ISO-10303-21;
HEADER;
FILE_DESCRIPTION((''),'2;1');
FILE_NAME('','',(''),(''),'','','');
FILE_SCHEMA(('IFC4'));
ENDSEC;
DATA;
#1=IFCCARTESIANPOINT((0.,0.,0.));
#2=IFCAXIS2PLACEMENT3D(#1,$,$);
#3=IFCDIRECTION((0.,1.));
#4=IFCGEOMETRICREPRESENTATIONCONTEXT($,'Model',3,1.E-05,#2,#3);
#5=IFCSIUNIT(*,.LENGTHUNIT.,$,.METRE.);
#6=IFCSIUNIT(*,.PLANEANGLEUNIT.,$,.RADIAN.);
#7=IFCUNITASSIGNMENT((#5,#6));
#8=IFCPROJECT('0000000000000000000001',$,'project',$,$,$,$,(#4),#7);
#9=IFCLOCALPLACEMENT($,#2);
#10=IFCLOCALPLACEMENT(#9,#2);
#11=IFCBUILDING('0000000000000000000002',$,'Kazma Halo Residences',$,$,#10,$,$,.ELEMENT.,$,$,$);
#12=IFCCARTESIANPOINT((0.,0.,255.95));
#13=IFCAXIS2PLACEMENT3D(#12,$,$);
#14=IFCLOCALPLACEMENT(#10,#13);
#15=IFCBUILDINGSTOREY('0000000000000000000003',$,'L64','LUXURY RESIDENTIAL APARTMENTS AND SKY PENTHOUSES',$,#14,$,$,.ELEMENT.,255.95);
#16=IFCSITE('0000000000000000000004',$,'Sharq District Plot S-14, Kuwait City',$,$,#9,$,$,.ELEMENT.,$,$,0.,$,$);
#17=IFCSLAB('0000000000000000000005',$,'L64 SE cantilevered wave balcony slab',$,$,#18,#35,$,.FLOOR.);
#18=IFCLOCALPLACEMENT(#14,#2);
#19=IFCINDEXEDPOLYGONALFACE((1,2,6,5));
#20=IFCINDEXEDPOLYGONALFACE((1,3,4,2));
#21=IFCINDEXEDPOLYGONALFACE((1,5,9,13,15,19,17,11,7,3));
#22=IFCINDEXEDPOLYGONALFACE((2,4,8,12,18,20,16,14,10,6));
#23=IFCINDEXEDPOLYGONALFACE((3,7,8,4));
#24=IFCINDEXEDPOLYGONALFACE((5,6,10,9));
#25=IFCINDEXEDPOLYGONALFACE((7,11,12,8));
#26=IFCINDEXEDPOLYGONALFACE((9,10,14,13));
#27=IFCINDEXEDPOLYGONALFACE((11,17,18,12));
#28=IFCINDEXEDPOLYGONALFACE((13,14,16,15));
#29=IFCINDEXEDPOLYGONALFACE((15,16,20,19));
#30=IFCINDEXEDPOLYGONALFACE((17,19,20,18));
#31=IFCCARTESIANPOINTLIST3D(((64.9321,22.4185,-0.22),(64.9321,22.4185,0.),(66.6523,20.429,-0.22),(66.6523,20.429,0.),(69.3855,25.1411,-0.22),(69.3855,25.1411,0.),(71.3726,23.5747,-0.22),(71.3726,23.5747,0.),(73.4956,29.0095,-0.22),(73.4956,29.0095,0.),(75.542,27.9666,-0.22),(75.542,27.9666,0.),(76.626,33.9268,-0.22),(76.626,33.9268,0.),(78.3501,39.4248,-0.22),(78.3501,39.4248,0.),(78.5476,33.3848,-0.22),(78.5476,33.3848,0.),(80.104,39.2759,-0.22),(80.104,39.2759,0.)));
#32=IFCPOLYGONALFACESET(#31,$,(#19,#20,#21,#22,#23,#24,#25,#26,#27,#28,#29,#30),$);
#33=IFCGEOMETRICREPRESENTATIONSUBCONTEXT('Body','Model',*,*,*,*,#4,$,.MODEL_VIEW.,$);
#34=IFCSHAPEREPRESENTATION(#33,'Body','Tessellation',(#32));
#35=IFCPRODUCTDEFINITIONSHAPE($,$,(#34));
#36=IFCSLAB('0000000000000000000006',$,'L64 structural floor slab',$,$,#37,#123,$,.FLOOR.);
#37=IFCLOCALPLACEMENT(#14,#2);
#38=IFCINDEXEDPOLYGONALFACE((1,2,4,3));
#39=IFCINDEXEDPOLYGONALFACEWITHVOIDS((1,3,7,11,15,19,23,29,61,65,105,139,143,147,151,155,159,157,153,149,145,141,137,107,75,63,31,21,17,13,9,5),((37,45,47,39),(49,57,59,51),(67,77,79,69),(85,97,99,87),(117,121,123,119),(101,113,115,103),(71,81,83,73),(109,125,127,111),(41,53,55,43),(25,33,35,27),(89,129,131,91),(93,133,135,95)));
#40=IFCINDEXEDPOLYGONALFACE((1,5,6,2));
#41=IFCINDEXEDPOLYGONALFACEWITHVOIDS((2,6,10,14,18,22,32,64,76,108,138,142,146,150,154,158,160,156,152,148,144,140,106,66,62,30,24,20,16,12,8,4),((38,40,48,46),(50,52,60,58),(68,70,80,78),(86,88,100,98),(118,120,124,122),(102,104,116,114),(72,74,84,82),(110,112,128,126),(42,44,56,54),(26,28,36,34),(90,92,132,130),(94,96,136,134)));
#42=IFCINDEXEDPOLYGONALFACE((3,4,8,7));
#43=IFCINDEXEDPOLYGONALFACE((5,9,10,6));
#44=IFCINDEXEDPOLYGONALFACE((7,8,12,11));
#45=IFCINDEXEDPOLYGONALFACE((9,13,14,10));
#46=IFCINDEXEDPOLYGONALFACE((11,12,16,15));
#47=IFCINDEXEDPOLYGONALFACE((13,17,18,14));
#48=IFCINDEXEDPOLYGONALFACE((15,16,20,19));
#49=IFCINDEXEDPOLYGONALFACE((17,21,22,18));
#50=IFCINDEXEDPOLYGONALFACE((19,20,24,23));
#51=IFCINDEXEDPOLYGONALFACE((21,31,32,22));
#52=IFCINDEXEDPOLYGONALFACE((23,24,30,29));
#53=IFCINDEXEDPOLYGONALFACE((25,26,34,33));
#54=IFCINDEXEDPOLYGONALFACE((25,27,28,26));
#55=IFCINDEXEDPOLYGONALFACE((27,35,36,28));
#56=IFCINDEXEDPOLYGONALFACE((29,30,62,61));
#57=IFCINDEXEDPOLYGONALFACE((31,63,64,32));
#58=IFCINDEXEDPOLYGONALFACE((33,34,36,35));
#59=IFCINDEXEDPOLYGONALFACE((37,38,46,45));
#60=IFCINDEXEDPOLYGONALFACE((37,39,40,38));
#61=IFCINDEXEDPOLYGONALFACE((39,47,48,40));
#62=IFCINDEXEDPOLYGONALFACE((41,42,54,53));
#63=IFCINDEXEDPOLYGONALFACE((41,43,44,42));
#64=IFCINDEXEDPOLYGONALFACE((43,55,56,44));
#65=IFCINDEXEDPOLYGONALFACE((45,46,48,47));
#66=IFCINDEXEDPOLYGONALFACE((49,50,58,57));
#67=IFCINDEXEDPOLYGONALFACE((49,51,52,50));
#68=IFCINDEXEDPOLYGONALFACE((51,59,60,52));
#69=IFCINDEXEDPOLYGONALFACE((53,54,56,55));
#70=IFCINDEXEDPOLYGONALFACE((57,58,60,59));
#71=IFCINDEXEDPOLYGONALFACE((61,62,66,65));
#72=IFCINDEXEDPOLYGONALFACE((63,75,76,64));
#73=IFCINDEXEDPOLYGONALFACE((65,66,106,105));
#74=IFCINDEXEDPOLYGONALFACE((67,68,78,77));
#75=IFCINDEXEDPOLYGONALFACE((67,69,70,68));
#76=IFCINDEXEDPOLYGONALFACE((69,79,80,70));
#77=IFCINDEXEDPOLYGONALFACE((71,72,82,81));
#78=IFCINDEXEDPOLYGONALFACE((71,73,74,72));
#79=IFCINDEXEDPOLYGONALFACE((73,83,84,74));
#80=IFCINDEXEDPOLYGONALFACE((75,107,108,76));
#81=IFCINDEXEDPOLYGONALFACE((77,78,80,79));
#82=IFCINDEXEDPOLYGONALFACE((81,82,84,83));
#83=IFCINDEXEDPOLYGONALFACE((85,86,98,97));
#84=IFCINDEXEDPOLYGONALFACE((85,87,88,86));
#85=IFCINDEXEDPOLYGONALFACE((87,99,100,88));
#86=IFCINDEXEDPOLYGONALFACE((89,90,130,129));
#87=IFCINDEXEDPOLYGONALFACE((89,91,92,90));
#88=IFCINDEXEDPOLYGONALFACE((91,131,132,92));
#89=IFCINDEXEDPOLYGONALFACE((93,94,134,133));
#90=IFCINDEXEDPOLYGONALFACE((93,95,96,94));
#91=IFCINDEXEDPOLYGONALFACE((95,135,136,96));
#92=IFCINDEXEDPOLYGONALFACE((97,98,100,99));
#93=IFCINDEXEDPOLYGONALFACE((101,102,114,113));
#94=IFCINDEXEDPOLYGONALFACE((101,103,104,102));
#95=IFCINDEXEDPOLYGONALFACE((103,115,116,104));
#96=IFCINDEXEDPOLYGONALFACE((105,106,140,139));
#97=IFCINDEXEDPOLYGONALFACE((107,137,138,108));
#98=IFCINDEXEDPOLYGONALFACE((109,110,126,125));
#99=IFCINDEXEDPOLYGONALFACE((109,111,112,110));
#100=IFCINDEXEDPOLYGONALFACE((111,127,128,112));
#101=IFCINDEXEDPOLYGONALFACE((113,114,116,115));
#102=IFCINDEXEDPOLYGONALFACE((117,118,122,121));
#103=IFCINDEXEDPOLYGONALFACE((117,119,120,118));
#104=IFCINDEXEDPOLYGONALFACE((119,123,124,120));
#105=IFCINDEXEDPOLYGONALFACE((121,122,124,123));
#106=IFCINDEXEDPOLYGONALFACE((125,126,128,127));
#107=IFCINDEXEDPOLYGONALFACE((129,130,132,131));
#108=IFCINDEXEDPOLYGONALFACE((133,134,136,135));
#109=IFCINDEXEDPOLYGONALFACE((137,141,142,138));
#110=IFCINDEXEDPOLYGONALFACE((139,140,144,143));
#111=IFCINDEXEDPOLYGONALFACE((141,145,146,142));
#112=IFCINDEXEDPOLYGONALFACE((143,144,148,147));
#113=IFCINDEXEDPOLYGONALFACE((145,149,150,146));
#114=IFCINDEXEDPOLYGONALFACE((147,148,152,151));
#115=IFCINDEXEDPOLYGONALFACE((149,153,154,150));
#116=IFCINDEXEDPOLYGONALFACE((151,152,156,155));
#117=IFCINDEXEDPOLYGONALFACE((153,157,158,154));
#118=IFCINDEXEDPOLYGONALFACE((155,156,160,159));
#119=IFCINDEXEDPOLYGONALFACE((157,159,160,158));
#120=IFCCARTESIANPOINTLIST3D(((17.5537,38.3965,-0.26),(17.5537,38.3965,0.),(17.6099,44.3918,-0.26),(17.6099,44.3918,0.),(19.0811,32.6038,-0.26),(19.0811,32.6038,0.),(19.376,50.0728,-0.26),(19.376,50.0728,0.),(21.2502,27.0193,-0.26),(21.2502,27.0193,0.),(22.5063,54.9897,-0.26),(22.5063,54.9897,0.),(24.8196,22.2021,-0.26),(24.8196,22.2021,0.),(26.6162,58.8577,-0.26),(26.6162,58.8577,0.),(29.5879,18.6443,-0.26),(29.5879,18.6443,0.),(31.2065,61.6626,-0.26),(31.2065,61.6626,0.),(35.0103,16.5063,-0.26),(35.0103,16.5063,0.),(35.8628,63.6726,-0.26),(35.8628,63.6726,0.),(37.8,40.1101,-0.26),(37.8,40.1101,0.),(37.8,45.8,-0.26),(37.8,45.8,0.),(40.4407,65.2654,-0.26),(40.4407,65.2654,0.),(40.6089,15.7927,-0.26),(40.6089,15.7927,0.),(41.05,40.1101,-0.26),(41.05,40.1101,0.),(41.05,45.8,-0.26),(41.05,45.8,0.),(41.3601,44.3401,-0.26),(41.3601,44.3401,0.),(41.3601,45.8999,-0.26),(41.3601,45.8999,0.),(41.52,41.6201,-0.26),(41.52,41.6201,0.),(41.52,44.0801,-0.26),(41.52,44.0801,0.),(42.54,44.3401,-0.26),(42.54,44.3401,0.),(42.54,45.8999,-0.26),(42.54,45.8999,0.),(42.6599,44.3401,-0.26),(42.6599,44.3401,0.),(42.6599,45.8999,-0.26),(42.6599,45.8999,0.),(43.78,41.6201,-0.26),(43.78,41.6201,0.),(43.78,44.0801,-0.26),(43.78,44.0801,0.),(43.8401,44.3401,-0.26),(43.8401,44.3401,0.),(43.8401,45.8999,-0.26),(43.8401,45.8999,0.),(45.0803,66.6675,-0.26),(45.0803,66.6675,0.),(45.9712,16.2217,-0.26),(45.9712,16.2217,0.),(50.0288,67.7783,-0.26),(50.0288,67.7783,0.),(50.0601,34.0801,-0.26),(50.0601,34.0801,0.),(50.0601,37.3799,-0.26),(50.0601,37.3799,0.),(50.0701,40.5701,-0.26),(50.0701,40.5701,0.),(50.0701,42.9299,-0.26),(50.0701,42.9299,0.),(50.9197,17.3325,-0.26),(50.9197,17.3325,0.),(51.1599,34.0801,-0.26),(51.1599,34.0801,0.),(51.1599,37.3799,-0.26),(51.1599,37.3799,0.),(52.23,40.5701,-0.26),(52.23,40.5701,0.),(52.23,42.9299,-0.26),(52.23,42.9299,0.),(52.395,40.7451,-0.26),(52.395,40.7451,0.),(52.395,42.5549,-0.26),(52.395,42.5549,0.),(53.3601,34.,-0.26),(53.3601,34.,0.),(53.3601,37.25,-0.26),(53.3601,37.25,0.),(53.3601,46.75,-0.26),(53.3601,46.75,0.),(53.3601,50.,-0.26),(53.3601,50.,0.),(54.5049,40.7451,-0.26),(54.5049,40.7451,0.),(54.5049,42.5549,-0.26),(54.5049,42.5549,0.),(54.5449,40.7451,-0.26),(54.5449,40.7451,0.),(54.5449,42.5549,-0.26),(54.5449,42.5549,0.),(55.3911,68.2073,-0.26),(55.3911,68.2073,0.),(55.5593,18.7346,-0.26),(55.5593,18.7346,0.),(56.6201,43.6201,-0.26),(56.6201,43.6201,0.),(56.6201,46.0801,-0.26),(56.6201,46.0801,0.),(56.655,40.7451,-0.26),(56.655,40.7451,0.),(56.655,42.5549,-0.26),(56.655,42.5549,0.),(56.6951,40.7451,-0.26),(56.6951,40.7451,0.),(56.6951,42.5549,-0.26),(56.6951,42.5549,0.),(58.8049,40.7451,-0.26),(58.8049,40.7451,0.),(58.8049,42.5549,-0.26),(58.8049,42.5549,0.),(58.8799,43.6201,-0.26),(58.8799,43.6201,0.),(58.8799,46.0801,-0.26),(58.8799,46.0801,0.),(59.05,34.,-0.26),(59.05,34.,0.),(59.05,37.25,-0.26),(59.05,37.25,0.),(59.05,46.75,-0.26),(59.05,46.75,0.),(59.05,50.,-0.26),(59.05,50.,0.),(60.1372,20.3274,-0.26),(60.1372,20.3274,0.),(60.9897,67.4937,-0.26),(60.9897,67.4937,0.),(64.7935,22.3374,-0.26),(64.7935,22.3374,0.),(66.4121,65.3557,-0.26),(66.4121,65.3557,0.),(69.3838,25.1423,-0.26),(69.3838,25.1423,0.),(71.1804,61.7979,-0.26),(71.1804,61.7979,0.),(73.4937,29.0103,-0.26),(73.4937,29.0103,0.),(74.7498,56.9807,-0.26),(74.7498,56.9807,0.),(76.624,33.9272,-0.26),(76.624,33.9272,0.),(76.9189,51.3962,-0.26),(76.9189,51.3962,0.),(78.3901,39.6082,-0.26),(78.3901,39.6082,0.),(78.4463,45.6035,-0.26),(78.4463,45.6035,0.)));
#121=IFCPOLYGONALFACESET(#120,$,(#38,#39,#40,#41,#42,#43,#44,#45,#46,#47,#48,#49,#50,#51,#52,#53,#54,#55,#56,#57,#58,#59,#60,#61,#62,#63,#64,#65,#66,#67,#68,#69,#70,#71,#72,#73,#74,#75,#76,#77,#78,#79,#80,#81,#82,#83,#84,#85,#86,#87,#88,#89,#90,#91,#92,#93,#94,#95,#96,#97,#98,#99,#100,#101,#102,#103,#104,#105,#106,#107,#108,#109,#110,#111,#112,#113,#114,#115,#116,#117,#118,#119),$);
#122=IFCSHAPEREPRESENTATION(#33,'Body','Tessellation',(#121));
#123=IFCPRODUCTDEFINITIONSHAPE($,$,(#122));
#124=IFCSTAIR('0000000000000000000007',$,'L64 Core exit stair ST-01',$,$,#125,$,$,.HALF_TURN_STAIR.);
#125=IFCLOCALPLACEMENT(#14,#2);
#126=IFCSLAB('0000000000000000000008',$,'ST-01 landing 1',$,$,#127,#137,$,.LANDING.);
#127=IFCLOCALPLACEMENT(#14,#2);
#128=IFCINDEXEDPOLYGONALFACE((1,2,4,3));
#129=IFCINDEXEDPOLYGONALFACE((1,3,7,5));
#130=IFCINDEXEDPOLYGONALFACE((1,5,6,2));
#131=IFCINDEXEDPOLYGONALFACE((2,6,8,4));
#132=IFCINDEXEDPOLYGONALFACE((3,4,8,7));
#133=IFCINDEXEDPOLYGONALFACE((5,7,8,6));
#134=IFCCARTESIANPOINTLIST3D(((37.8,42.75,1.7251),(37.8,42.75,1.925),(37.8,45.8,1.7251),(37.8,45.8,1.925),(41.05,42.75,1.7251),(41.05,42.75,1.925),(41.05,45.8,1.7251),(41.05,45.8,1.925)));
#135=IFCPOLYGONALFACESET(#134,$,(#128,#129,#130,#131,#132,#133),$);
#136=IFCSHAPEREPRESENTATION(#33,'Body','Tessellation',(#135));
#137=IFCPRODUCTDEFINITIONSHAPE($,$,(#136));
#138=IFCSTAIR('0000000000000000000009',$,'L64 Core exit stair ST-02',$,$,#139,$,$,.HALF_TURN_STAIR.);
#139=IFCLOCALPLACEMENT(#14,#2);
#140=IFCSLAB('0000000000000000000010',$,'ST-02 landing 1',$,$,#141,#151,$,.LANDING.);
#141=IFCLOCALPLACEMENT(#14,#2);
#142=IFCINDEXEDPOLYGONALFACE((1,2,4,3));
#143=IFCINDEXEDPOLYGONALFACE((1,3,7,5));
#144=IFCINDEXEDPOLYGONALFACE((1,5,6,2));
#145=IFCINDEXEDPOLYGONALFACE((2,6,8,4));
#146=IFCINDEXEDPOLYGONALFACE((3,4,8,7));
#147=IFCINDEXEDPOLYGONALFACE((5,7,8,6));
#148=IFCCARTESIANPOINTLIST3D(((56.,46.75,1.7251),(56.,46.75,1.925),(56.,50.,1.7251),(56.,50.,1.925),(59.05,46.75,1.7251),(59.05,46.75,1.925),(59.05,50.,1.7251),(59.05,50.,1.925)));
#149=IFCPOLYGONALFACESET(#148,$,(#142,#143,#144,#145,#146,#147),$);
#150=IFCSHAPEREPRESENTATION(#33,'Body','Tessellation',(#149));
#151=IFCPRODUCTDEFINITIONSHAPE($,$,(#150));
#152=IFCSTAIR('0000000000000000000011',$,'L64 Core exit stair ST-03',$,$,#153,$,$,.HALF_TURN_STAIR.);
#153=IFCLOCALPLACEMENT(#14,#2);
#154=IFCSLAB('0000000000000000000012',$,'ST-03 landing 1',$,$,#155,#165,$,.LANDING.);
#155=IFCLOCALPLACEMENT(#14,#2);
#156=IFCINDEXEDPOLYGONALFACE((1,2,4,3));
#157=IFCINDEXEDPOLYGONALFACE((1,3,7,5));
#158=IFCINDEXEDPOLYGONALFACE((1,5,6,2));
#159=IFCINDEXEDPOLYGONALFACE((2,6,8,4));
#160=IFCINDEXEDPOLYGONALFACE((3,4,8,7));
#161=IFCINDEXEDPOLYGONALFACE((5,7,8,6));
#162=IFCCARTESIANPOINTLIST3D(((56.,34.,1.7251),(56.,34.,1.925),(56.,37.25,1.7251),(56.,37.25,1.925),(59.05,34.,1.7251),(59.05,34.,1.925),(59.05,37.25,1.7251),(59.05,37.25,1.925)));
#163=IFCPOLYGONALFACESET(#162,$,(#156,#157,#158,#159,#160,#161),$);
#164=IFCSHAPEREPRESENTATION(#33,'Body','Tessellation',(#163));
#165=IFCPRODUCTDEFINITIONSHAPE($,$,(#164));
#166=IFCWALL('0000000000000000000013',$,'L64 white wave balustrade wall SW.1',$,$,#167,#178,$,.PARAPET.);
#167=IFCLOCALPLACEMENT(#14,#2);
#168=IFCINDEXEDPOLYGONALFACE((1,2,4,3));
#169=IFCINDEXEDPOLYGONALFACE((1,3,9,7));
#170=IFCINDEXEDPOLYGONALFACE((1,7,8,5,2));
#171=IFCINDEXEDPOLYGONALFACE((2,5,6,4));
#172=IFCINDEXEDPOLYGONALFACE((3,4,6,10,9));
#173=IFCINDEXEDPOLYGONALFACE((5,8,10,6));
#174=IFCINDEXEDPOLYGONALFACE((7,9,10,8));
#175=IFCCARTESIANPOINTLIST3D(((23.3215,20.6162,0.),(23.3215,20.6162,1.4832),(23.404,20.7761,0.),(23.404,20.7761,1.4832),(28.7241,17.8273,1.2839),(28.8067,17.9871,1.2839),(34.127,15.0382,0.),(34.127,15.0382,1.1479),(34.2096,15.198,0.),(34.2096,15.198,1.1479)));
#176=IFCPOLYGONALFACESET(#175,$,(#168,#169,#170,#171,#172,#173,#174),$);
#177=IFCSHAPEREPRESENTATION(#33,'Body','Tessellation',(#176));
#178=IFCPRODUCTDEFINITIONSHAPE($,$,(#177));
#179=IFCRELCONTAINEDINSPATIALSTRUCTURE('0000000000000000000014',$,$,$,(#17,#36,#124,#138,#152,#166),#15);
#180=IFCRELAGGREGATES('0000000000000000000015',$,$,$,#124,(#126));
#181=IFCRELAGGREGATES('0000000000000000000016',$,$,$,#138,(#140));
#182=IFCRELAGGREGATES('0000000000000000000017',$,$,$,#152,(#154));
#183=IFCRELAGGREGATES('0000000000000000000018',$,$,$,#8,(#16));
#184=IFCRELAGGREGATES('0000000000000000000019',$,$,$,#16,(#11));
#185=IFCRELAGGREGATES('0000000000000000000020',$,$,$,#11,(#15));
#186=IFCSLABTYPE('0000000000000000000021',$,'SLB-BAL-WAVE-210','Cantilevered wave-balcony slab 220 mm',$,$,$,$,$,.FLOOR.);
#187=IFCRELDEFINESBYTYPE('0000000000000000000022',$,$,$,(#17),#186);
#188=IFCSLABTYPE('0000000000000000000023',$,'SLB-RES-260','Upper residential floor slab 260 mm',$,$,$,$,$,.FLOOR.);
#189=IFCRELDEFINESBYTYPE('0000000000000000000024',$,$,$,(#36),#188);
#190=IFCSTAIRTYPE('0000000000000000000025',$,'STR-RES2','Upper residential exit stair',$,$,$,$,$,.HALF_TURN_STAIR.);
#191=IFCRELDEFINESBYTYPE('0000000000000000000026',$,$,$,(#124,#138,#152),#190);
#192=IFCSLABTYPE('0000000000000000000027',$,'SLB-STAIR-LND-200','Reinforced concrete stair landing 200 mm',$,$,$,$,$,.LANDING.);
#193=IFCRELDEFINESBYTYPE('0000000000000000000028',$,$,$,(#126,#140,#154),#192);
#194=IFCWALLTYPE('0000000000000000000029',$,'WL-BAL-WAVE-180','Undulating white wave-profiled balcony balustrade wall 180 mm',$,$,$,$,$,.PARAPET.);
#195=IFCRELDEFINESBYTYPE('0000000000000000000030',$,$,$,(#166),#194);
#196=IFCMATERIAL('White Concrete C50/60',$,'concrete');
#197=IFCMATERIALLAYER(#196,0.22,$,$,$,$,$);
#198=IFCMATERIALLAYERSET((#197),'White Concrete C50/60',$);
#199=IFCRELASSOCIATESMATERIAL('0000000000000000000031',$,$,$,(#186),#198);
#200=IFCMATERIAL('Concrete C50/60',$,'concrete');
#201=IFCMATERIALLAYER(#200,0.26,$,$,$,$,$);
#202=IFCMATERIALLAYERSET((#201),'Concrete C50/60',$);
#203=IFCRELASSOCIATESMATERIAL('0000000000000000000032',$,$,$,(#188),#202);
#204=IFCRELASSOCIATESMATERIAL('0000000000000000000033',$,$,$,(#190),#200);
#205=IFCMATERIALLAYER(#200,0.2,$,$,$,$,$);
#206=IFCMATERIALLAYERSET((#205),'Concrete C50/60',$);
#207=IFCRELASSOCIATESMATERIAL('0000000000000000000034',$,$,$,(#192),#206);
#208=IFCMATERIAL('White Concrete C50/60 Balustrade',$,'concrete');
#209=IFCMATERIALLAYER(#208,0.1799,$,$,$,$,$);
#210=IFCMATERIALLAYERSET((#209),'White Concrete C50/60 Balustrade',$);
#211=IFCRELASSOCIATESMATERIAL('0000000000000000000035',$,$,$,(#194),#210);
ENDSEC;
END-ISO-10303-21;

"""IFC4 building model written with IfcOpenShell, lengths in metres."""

from ifc_helpers import new_model, si_unit, direction, frame, origin, place, context, subcontext, project, spatial, polyline, outline, extrude, material, layer, layer_set, type_object, element, aggregate, save


model = new_model("IFC4")

# Units and contexts
model_context = context("Model", 3, precision=1e-05, world=origin(), true_north=direction((0.0, 1.0)))
body_context = subcontext(model_context, "Body", "Model", "MODEL_VIEW")
ifc_project = project(units=[si_unit("LENGTHUNIT", "METRE"), si_unit("PLANEANGLEUNIT", "RADIAN")], contexts=[model_context])

# Site, building, storey
site_placement = place(None, origin())
site = spatial("IfcSite", under=ifc_project, at=site_placement, Name="Sharq District Plot S-14, Kuwait City", CompositionType="ELEMENT", RefElevation=0.0)
building_placement = place(site_placement, origin())
building = spatial("IfcBuilding", under=site, at=building_placement, Name="Kazma Halo Residences", CompositionType="ELEMENT")
storey_placement = place(building_placement, frame((0.0, 0.0, 255.95)))
storey = spatial("IfcBuildingStorey", under=building, at=storey_placement, Name="L64", Description="LUXURY RESIDENTIAL APARTMENTS AND SKY PENTHOUSES", CompositionType="ELEMENT", Elevation=255.95)

# Slabs
ifc_material_1 = material(Name="White Concrete C50/60", Category="concrete")
ifc_layer_1 = layer(ifc_material_1, 0.22)
ifc_layer_set_1 = layer_set([ifc_layer_1], Name="White Concrete C50/60")
slab_type_1 = type_object("IfcSlabType", Name="SLB-BAL-WAVE-210", Description="Cantilevered wave-balcony slab 220 mm", PredefinedType="FLOOR", material=ifc_layer_set_1)
slab_1_placement = place(storey_placement, frame((0.0, 0.0, -0.22)))
element("IfcSlab", 1, at=slab_1_placement, inside=storey, type_object=slab_type_1, Name="L64 SE cantilevered wave balcony slab", PredefinedType="FLOOR", context=body_context, shape_type="SweptSolid", body=[
    extrude(outline(polyline([(64.9321, 22.4185), (69.3855, 25.1411), (73.4956, 29.0095), (76.626, 33.9268), (78.3501, 39.4248), (80.104, 39.2759), (78.5476, 33.3848), (75.542, 27.9666), (71.3726, 23.5747), (66.6523, 20.429), (64.9321, 22.4185)])), origin(), (0.0, 0.0, 1.0), 0.22),
])
ifc_material_2 = material(Name="Concrete C50/60", Category="concrete")
ifc_layer_2 = layer(ifc_material_2, 0.26)
ifc_layer_set_2 = layer_set([ifc_layer_2], Name="Concrete C50/60")
slab_type_2 = type_object("IfcSlabType", Name="SLB-RES-260", Description="Upper residential floor slab 260 mm", PredefinedType="FLOOR", material=ifc_layer_set_2)
slab_2_placement = place(storey_placement, frame((0.0, 0.0, -0.26)))
element("IfcSlab", 2, at=slab_2_placement, inside=storey, type_object=slab_type_2, Name="L64 structural floor slab", PredefinedType="FLOOR", context=body_context, shape_type="SweptSolid", body=[
    extrude(outline(polyline([(76.9189, 51.3962), (74.7498, 56.9807), (71.1804, 61.7979), (66.4121, 65.3557), (60.9897, 67.4937), (55.3911, 68.2073), (50.0288, 67.7783), (45.0803, 66.6675), (40.4407, 65.2654), (35.8628, 63.6726), (31.2065, 61.6626), (26.6162, 58.8577), (22.5063, 54.9897), (19.376, 50.0728), (17.6099, 44.3918), (17.5537, 38.3965), (19.0811, 32.6038), (21.2502, 27.0193), (24.8196, 22.2021), (29.5879, 18.6443), (35.0103, 16.5063), (40.6089, 15.7927), (45.9712, 16.2217), (50.9197, 17.3325), (55.5593, 18.7346), (60.1372, 20.3274), (64.7935, 22.3374), (69.3838, 25.1423), (73.4937, 29.0103), (76.624, 33.9272), (78.3901, 39.6082), (78.4463, 45.6035), (76.9189, 51.3962)]), holes=[polyline([(37.8, 40.1101), (41.05, 40.1101), (41.05, 45.8), (37.8, 45.8), (37.8, 40.1101)]), polyline([(53.3601, 46.75), (59.05, 46.75), (59.05, 50.0), (53.3601, 50.0), (53.3601, 46.75)]), polyline([(53.3601, 34.0), (59.05, 34.0), (59.05, 37.25), (53.3601, 37.25), (53.3601, 34.0)]), polyline([(41.52, 41.6201), (43.78, 41.6201), (43.78, 44.0801), (41.52, 44.0801), (41.52, 41.6201)]), polyline([(56.6201, 43.6201), (58.8799, 43.6201), (58.8799, 46.0801), (56.6201, 46.0801), (56.6201, 43.6201)]), polyline([(52.395, 40.7451), (54.5049, 40.7451), (54.5049, 42.5549), (52.395, 42.5549), (52.395, 40.7451)]), polyline([(54.5449, 40.7451), (56.655, 40.7451), (56.655, 42.5549), (54.5449, 42.5549), (54.5449, 40.7451)]), polyline([(56.6951, 40.7451), (58.8049, 40.7451), (58.8049, 42.5549), (56.6951, 42.5549), (56.6951, 40.7451)]), polyline([(50.0701, 40.5701), (52.23, 40.5701), (52.23, 42.9299), (50.0701, 42.9299), (50.0701, 40.5701)]), polyline([(41.3601, 44.3401), (42.54, 44.3401), (42.54, 45.8999), (41.3601, 45.8999), (41.3601, 44.3401)]), polyline([(42.6599, 44.3401), (43.8401, 44.3401), (43.8401, 45.8999), (42.6599, 45.8999), (42.6599, 44.3401)]), polyline([(50.0601, 34.0801), (51.1599, 34.0801), (51.1599, 37.3799), (50.0601, 37.3799), (50.0601, 34.0801)])]), origin(), (0.0, 0.0, 1.0), 0.26),
])

# Stairs, slabs
stair_type = type_object("IfcStairType", Name="STR-RES2", Description="Upper residential exit stair", PredefinedType="HALF_TURN_STAIR", material=ifc_material_2)
stair_1_placement = place(storey_placement, origin())
stair_1 = element("IfcStair", 3, at=stair_1_placement, inside=storey, type_object=stair_type, Name="L64 Core exit stair ST-01", PredefinedType="HALF_TURN_STAIR")
ifc_layer_3 = layer(ifc_material_2, 0.2)
ifc_layer_set_3 = layer_set([ifc_layer_3], Name="Concrete C50/60")
slab_type_3 = type_object("IfcSlabType", Name="SLB-STAIR-LND-200", Description="Reinforced concrete stair landing 200 mm", PredefinedType="LANDING", material=ifc_layer_set_3)
slab_3_placement = place(storey_placement, frame((0.0, 0.0, 1.7251)))
slab_3 = element("IfcSlab", 4, at=slab_3_placement, type_object=slab_type_3, Name="ST-01 landing 1", PredefinedType="LANDING", context=body_context, shape_type="SweptSolid", body=[
    extrude(outline(polyline([(41.05, 42.75), (41.05, 45.8), (37.8, 45.8), (37.8, 42.75), (41.05, 42.75)])), origin(), (0.0, 0.0, 1.0), 0.2),
])
aggregate(stair_1, [slab_3])
stair_2_placement = place(storey_placement, origin())
stair_2 = element("IfcStair", 5, at=stair_2_placement, inside=storey, type_object=stair_type, Name="L64 Core exit stair ST-02", PredefinedType="HALF_TURN_STAIR")
slab_4_placement = place(storey_placement, frame((0.0, 0.0, 1.7251)))
slab_4 = element("IfcSlab", 6, at=slab_4_placement, type_object=slab_type_3, Name="ST-02 landing 1", PredefinedType="LANDING", context=body_context, shape_type="SweptSolid", body=[
    extrude(outline(polyline([(56.0, 46.75), (59.05, 46.75), (59.05, 50.0), (56.0, 50.0), (56.0, 46.75)])), origin(), (0.0, 0.0, 1.0), 0.2),
])
aggregate(stair_2, [slab_4])
stair_3_placement = place(storey_placement, origin())
stair_3 = element("IfcStair", 7, at=stair_3_placement, inside=storey, type_object=stair_type, Name="L64 Core exit stair ST-03", PredefinedType="HALF_TURN_STAIR")
slab_5_placement = place(storey_placement, frame((0.0, 0.0, 1.7251)))
slab_5 = element("IfcSlab", 8, at=slab_5_placement, type_object=slab_type_3, Name="ST-03 landing 1", PredefinedType="LANDING", context=body_context, shape_type="SweptSolid", body=[
    extrude(outline(polyline([(56.0, 34.0), (59.05, 34.0), (59.05, 37.25), (56.0, 37.25), (56.0, 34.0)])), origin(), (0.0, 0.0, 1.0), 0.2),
])
aggregate(stair_3, [slab_5])

# Wall
ifc_material_3 = material(Name="White Concrete C50/60 Balustrade", Category="concrete")
ifc_layer_4 = layer(ifc_material_3, 0.1799)
ifc_layer_set_4 = layer_set([ifc_layer_4], Name="White Concrete C50/60 Balustrade")
wall_type_1 = type_object("IfcWallType", Name="WL-BAL-WAVE-180", Description="Undulating white wave-profiled balcony balustrade wall 180 mm", PredefinedType="PARAPET", material=ifc_layer_set_4)
wall_1_placement = place(storey_placement, frame((23.3628, 20.6963, 0.0), z_axis=(0.0, 0.0, 1.0), x_axis=(0.888587, -0.458708, 0.0)))
element("IfcWall", 9, at=wall_1_placement, inside=storey, type_object=wall_type_1, Name="L64 white wave balustrade wall SW.1", PredefinedType="PARAPET", context=body_context, shape_type="SweptSolid", body=[
    extrude(outline(polyline([(0.0, 0.0), (12.1604, 0.0), (12.1604, 1.1479), (6.0801, 1.2839), (0.0, 1.4832), (0.0, 0.0)])), frame((0.0, 0.0898, 0.0), z_axis=(0.0, -1.0, 0.0), x_axis=(1.0, 0.0, 0.0)), (0.0, 0.0, 1.0), 0.1799),
])

save(model, "model.ifc")
